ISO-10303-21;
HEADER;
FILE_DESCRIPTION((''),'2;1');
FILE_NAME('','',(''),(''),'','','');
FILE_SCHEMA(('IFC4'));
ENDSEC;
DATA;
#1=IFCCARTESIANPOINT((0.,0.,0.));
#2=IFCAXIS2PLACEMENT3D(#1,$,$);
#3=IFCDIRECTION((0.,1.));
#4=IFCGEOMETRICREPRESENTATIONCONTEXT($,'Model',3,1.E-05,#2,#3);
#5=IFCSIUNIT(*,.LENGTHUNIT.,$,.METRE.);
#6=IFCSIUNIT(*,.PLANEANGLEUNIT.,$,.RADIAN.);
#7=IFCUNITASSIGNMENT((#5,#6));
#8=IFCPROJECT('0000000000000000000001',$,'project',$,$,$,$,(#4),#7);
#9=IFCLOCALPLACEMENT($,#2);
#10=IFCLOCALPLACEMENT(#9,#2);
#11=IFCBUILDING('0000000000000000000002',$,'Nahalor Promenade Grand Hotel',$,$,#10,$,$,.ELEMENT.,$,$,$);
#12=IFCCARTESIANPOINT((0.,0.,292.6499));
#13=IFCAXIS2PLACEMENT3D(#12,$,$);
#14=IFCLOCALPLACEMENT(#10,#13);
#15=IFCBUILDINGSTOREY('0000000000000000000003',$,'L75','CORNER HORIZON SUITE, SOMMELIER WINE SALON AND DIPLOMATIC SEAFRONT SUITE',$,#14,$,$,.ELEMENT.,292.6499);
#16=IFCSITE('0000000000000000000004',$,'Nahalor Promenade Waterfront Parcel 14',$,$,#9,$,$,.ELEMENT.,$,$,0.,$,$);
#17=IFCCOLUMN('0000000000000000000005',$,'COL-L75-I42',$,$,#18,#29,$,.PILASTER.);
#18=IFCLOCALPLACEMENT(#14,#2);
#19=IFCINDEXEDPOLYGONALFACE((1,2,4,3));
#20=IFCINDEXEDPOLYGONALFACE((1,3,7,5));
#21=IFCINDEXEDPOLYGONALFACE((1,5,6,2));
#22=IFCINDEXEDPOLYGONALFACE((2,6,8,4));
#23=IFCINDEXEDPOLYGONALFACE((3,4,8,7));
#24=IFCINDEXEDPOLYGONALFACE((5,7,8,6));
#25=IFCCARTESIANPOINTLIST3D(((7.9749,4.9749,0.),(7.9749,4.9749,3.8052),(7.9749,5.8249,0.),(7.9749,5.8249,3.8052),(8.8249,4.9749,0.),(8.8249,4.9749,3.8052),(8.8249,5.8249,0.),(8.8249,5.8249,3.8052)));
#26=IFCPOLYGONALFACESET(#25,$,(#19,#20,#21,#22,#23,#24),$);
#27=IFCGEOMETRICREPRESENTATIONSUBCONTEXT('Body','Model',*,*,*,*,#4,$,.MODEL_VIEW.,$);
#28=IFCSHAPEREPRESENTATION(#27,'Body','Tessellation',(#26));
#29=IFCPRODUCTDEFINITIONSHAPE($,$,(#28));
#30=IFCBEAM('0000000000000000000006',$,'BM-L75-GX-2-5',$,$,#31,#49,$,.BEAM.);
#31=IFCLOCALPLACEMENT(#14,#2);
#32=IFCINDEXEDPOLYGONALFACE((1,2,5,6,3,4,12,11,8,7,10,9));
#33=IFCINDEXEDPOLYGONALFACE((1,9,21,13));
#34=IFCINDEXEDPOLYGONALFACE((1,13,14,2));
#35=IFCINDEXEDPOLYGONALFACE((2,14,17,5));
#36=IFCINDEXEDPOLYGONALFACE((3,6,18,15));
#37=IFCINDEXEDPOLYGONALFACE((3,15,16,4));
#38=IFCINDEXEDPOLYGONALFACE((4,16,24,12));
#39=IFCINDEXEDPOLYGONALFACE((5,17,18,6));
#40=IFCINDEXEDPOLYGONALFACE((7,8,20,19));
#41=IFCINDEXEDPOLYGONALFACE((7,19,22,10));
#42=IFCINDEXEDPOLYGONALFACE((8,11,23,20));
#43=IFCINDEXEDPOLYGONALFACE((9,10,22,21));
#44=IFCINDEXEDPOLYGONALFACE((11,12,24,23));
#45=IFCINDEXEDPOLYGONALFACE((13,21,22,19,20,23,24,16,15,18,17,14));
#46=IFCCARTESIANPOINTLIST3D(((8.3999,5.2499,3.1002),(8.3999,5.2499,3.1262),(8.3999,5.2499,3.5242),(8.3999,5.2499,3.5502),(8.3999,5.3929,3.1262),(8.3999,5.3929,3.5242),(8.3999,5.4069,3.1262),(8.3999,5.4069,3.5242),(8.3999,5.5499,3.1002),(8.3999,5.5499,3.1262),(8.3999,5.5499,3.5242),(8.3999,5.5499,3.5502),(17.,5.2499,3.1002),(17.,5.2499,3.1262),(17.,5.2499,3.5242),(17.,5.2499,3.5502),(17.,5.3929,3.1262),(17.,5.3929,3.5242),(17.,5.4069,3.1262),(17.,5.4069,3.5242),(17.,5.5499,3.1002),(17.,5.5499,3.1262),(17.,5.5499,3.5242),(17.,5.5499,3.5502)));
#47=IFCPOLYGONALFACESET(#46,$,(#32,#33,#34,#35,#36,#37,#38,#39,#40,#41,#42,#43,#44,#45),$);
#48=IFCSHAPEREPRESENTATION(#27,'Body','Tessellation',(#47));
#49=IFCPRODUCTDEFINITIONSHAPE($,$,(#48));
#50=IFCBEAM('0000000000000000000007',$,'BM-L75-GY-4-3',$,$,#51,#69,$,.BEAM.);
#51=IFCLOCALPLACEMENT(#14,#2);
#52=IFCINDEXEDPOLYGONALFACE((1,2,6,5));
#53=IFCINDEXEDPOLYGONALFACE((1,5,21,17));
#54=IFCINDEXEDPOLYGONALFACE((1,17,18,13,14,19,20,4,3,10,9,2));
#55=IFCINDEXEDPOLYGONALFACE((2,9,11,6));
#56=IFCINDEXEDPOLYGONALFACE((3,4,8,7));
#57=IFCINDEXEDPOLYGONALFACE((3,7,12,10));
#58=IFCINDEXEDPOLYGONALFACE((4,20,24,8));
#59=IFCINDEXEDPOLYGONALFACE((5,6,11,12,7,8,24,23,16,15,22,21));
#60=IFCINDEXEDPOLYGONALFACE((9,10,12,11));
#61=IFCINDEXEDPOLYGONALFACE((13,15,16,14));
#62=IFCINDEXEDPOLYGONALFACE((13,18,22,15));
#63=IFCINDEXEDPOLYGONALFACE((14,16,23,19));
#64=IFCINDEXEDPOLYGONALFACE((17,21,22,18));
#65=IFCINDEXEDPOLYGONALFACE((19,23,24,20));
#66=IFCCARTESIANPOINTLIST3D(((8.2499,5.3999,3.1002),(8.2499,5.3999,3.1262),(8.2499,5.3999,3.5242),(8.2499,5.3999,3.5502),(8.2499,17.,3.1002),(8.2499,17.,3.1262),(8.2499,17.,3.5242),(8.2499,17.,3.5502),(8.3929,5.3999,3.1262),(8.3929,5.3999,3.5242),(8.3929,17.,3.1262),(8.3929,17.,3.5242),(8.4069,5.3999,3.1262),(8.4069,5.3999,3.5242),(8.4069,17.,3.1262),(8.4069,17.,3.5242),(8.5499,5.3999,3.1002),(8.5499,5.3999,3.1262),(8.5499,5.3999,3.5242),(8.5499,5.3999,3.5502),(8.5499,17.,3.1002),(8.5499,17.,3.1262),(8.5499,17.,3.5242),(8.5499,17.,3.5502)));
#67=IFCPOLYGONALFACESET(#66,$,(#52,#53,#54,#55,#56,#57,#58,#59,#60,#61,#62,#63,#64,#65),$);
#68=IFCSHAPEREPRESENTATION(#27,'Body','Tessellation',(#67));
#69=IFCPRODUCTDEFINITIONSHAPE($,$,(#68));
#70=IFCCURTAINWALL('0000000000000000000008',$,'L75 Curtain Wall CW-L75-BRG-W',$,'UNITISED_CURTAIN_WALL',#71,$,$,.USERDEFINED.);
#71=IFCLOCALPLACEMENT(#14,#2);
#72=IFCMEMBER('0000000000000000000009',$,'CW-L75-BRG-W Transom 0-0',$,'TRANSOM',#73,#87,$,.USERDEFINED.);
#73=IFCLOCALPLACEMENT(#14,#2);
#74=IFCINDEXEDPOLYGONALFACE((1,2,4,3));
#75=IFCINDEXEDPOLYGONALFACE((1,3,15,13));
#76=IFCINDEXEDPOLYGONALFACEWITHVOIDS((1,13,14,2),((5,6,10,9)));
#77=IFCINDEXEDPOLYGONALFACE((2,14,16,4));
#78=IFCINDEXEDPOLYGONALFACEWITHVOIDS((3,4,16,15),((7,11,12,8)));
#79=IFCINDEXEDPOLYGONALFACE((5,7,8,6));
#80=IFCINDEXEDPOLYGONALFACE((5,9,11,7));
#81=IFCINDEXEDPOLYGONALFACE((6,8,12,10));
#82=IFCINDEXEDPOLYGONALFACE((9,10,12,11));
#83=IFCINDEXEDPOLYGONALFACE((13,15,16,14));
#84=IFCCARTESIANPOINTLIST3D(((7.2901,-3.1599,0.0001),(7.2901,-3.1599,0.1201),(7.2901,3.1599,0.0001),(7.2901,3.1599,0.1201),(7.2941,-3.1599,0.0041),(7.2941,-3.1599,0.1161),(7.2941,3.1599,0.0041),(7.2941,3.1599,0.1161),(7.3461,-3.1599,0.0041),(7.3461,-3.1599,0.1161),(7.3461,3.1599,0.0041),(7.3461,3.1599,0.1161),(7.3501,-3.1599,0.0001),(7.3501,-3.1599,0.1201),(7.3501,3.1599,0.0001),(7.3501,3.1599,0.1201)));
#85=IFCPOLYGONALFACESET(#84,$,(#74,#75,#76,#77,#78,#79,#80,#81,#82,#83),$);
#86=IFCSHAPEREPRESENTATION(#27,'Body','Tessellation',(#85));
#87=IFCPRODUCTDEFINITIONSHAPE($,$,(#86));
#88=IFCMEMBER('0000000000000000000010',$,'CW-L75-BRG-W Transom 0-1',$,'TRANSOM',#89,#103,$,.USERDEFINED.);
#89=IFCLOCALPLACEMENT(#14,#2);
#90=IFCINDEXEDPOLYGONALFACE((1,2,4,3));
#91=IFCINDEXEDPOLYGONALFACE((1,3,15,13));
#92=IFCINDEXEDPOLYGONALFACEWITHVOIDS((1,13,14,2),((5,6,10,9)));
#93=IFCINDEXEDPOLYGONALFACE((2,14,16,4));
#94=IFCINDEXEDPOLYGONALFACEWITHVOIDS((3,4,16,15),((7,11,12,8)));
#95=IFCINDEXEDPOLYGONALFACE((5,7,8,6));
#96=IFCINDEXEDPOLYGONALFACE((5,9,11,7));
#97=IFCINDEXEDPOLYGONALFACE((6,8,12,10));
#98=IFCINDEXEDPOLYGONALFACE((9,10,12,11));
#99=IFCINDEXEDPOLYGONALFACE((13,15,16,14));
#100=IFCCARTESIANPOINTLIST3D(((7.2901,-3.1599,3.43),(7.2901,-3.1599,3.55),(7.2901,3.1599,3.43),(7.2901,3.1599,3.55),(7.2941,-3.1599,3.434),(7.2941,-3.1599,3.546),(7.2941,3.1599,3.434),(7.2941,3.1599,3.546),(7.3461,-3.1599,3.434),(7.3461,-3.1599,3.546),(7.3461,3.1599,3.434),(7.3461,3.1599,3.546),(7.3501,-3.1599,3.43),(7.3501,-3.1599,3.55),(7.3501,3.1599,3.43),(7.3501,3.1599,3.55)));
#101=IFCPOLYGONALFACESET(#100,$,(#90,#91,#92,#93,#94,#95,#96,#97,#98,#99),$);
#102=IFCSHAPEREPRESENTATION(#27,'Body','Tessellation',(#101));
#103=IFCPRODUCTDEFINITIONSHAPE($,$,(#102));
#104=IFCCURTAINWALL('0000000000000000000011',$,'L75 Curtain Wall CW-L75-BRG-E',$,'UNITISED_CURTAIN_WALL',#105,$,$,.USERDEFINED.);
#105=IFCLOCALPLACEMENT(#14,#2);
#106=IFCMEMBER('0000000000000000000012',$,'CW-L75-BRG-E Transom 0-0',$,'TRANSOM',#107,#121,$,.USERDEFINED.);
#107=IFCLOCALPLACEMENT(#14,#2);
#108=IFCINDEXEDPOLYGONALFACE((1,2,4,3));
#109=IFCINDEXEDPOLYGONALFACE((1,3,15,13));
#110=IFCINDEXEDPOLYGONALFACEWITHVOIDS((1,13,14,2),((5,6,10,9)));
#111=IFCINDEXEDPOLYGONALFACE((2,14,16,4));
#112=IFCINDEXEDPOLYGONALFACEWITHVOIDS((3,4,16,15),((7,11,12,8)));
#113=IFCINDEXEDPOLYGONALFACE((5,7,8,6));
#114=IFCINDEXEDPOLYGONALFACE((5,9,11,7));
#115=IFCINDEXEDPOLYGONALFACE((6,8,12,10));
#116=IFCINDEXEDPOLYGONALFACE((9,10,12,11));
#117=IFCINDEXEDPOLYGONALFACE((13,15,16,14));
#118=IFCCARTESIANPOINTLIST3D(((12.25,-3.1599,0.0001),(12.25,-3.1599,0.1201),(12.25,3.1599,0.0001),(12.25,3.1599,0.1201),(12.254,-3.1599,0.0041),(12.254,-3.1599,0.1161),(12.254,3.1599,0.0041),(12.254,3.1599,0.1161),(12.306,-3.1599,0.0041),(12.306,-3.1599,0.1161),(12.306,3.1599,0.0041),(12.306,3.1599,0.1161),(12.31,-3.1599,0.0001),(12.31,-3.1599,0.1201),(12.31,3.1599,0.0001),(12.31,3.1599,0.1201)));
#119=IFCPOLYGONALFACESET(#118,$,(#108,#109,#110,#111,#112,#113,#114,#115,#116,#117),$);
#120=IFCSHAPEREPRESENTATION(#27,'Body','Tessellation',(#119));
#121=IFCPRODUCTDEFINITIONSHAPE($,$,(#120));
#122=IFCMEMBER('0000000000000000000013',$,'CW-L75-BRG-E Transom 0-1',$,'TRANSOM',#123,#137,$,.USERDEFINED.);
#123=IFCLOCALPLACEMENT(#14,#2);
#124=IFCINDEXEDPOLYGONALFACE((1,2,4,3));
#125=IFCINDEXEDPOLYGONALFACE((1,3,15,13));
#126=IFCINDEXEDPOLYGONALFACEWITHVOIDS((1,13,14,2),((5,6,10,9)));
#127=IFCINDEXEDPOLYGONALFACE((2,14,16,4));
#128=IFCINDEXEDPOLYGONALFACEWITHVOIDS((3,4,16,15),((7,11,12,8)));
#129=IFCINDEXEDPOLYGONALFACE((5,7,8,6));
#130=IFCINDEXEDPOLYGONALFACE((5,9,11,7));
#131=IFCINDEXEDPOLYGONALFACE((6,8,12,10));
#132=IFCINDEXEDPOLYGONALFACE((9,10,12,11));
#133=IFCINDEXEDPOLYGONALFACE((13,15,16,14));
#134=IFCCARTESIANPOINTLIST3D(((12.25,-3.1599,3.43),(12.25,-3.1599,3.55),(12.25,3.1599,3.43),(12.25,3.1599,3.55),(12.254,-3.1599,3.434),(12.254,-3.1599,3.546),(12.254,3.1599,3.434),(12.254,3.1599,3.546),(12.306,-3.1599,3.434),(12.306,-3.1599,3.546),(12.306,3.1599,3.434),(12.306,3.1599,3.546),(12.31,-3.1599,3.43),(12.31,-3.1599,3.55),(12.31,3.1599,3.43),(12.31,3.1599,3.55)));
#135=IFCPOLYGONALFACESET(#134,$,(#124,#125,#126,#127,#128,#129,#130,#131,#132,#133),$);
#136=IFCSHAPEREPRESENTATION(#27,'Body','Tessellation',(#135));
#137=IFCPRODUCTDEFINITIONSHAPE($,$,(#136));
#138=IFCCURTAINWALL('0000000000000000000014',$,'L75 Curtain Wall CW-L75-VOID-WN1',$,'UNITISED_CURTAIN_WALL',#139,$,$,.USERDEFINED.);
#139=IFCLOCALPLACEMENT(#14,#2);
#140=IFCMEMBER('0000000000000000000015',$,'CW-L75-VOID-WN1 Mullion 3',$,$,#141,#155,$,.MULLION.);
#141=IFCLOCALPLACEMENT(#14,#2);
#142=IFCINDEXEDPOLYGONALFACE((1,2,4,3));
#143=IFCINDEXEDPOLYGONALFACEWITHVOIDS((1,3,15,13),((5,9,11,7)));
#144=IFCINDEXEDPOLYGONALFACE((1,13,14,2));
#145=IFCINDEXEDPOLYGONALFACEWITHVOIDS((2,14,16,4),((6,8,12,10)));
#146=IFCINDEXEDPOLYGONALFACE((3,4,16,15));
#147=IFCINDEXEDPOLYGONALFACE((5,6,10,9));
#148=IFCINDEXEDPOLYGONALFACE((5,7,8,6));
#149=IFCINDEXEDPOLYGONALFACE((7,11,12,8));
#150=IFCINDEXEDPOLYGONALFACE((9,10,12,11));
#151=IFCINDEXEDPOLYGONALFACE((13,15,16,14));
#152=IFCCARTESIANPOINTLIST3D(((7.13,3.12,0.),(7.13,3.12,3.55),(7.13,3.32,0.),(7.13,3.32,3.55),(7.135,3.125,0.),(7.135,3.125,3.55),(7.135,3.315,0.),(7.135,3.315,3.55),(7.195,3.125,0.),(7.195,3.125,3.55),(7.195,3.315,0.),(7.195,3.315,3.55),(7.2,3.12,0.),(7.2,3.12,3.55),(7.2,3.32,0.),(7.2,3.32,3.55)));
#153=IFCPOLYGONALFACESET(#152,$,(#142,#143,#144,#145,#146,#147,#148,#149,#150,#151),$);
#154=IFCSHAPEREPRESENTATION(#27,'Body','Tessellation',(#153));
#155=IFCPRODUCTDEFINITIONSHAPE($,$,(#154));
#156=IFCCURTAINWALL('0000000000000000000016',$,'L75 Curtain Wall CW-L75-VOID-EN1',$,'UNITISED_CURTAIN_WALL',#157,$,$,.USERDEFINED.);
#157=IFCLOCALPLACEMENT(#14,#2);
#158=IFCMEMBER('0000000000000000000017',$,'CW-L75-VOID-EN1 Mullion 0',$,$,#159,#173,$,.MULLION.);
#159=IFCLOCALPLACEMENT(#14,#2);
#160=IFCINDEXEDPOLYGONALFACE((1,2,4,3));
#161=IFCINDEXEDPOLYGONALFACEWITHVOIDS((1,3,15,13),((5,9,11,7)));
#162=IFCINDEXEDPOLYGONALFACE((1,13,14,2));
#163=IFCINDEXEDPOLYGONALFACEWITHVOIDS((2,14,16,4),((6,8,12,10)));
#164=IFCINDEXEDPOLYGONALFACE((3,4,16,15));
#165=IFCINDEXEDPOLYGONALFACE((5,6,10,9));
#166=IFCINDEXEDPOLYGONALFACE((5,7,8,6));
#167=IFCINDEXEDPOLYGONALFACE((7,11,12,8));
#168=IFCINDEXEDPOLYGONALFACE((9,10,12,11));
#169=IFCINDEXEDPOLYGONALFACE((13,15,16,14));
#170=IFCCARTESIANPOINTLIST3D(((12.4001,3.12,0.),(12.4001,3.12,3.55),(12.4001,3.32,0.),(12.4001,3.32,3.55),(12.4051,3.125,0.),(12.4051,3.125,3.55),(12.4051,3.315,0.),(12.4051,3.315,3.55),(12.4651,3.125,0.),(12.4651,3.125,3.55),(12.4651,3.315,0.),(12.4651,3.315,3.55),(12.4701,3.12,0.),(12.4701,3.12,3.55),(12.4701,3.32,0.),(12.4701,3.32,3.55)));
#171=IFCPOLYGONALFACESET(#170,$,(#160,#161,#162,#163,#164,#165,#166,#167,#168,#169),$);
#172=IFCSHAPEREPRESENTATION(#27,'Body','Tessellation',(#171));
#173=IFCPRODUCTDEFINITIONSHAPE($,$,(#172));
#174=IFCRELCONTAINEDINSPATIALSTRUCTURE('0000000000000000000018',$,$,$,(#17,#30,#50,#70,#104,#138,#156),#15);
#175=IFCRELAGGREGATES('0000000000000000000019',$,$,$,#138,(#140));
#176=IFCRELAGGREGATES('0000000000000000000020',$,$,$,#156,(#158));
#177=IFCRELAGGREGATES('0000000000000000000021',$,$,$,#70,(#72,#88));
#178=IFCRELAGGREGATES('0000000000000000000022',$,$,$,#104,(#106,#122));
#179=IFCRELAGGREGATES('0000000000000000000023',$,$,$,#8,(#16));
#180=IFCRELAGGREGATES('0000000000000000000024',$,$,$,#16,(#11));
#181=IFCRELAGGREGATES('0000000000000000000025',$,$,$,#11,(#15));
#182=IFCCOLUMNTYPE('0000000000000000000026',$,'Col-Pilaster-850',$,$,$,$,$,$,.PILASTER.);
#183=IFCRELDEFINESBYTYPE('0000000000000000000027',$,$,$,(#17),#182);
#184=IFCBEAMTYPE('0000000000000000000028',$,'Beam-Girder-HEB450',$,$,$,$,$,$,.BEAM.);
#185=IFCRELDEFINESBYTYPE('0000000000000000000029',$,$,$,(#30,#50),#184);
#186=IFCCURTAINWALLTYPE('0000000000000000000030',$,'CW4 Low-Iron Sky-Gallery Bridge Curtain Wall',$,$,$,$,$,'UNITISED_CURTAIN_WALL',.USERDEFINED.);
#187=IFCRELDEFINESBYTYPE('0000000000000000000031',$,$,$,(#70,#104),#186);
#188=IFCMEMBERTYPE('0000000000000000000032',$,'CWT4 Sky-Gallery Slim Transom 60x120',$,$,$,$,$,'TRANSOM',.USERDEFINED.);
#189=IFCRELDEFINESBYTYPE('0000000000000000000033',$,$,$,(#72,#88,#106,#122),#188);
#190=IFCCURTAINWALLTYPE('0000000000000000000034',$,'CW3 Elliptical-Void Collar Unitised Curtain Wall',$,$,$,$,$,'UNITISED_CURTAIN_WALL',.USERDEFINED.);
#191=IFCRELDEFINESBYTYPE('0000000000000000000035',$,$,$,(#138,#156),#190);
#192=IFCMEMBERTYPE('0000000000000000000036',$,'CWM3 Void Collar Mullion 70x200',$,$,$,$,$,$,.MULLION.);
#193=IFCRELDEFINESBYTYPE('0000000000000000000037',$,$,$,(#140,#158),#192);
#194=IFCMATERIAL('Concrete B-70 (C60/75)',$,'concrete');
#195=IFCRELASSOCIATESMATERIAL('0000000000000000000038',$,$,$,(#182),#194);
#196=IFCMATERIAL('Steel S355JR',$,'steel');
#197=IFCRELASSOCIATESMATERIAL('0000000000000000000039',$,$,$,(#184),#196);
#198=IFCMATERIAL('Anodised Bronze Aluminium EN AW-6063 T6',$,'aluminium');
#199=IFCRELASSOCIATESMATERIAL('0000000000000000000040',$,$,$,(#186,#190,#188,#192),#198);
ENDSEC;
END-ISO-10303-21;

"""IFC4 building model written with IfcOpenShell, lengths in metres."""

from ifc_helpers import new_model, si_unit, direction, frame, origin, origin_2d, place, context, subcontext, project, spatial, rectangle, hollow_rectangle, i_section, extrude, source, transform, mapped, material, material_profile, profile_set, type_object, element, aggregate, save


model = new_model("IFC4")

# Units and contexts
model_context = context("Model", 3, precision=1e-05, world=origin(), true_north=direction((0.0, 1.0)))
body_context = subcontext(model_context, "Body", "Model", "MODEL_VIEW")
ifc_project = project(units=[si_unit("LENGTHUNIT", "METRE"), si_unit("PLANEANGLEUNIT", "RADIAN")], contexts=[model_context])

# Site, building, storey
site_placement = place(None, origin())
site = spatial("IfcSite", under=ifc_project, at=site_placement, Name="Nahalor Promenade Waterfront Parcel 14", CompositionType="ELEMENT", RefElevation=0.0)
building_placement = place(site_placement, origin())
building = spatial("IfcBuilding", under=site, at=building_placement, Name="Nahalor Promenade Grand Hotel", CompositionType="ELEMENT")
storey_placement = place(building_placement, frame((0.0, 0.0, 292.6499)))
storey = spatial("IfcBuildingStorey", under=building, at=storey_placement, Name="L75", Description="CORNER HORIZON SUITE, SOMMELIER WINE SALON AND DIPLOMATIC SEAFRONT SUITE", CompositionType="ELEMENT", Elevation=292.6499)

# Column
ifc_material_1 = material(Name="Concrete B-70 (C60/75)", Category="concrete")
ifc_material_profile_1 = material_profile(ifc_material_1, rectangle(XDim=0.85, YDim=0.85, at=origin_2d()), Name="RC 850x850")
ifc_profile_set_1 = profile_set([ifc_material_profile_1], Name="Concrete B-70 (C60/75)")
column_type = type_object("IfcColumnType", Name="Col-Pilaster-850", PredefinedType="PILASTER", material=ifc_profile_set_1)
shared_shape_1 = source(origin(), body_context, "Body", "SweptSolid", [
    extrude(rectangle(XDim=0.85, YDim=0.85, at=origin_2d()), origin(), (0.0, 0.0, 1.0), 3.8052),
])
column_placement = place(storey_placement, frame((8.3999, 5.3999, 0.0), z_axis=(0.0, 0.0, 1.0), x_axis=(1.0, 0.0, 0.0)))
element("IfcColumn", 1, at=column_placement, inside=storey, type_object=column_type, Name="COL-L75-I42", PredefinedType="PILASTER", context=body_context, shape_type="MappedRepresentation", body=[
    mapped(shared_shape_1, transform((0.0, 0.0, 0.0), scale=1.0)),
])

# Beams
ifc_material_2 = material(Name="Steel S355JR", Category="steel")
ifc_material_profile_2 = material_profile(ifc_material_2, i_section(OverallWidth=0.3, OverallDepth=0.45, WebThickness=0.014, FlangeThickness=0.026, at=origin_2d()), Name="HEB 450")
ifc_profile_set_2 = profile_set([ifc_material_profile_2], Name="Steel S355JR")
beam_type = type_object("IfcBeamType", Name="Beam-Girder-HEB450", PredefinedType="BEAM", material=ifc_profile_set_2)
shared_shape_2 = source(origin(), body_context, "Body", "SweptSolid", [
    extrude(i_section(OverallWidth=0.3, OverallDepth=0.45, WebThickness=0.014, FlangeThickness=0.026, at=origin_2d()), origin(), (0.0, 0.0, 1.0), 8.6001),
])
beam_1_placement = place(storey_placement, frame((8.3999, 5.3999, 3.3252), z_axis=(1.0, 0.0, 0.0), x_axis=(0.0, 1.0, 0.0)))
element("IfcBeam", 2, at=beam_1_placement, inside=storey, type_object=beam_type, Name="BM-L75-GX-2-5", PredefinedType="BEAM", context=body_context, shape_type="MappedRepresentation", body=[
    mapped(shared_shape_2, transform((0.0, 0.0, 0.0), scale=1.0)),
])
shared_shape_3 = source(origin(), body_context, "Body", "SweptSolid", [
    extrude(i_section(OverallWidth=0.3, OverallDepth=0.45, WebThickness=0.014, FlangeThickness=0.026, at=origin_2d()), origin(), (0.0, 0.0, 1.0), 11.6001),
])
beam_2_placement = place(storey_placement, frame((8.3999, 5.3999, 3.3252), z_axis=(0.0, 1.0, 0.0), x_axis=(-1.0, 0.0, 0.0)))
element("IfcBeam", 3, at=beam_2_placement, inside=storey, type_object=beam_type, Name="BM-L75-GY-4-3", PredefinedType="BEAM", context=body_context, shape_type="MappedRepresentation", body=[
    mapped(shared_shape_3, transform((0.0, 0.0, 0.0), scale=1.0)),
])

# Curtain walls, members
ifc_material_3 = material(Name="Anodised Bronze Aluminium EN AW-6063 T6", Category="aluminium")
curtain_wall_type_1 = type_object("IfcCurtainWallType", Name="CW4 Low-Iron Sky-Gallery Bridge Curtain Wall", ElementType="UNITISED_CURTAIN_WALL", PredefinedType="USERDEFINED", material=ifc_material_3)
curtain_wall_1_placement = place(storey_placement, origin())
curtain_wall_1 = element("IfcCurtainWall", 4, at=curtain_wall_1_placement, inside=storey, type_object=curtain_wall_type_1, Name="L75 Curtain Wall CW-L75-BRG-W", ObjectType="UNITISED_CURTAIN_WALL", PredefinedType="USERDEFINED")
ifc_material_profile_3 = material_profile(ifc_material_3, hollow_rectangle(XDim=0.06, YDim=0.12, WallThickness=0.004, at=origin_2d()), Name="CWT 60x120x4")
ifc_profile_set_3 = profile_set([ifc_material_profile_3], Name="Anodised Bronze Aluminium EN AW-6063 T6")
member_type_1 = type_object("IfcMemberType", Name="CWT4 Sky-Gallery Slim Transom 60x120", ElementType="TRANSOM", PredefinedType="USERDEFINED", material=ifc_profile_set_3)
shared_shape_4 = source(origin(), body_context, "Body", "SweptSolid", [
    extrude(hollow_rectangle(XDim=0.06, YDim=0.12, WallThickness=0.004, at=origin_2d()), origin(), (0.0, 0.0, 1.0), 6.3198),
])
member_1_placement = place(storey_placement, frame((7.3201, -3.1599, 0.0601), z_axis=(0.0, 1.0, 0.0), x_axis=(-1.0, 0.0, 0.0)))
member_1 = element("IfcMember", 5, at=member_1_placement, type_object=member_type_1, Name="CW-L75-BRG-W Transom 0-0", ObjectType="TRANSOM", PredefinedType="USERDEFINED", context=body_context, shape_type="MappedRepresentation", body=[
    mapped(shared_shape_4, transform((0.0, 0.0, 0.0), scale=1.0)),
])
member_2_placement = place(storey_placement, frame((7.3201, -3.1599, 3.49), z_axis=(0.0, 1.0, 0.0), x_axis=(-1.0, 0.0, 0.0)))
member_2 = element("IfcMember", 6, at=member_2_placement, type_object=member_type_1, Name="CW-L75-BRG-W Transom 0-1", ObjectType="TRANSOM", PredefinedType="USERDEFINED", context=body_context, shape_type="MappedRepresentation", body=[
    mapped(shared_shape_4, transform((0.0, 0.0, 0.0), scale=1.0)),
])
curtain_wall_2_placement = place(storey_placement, origin())
curtain_wall_2 = element("IfcCurtainWall", 7, at=curtain_wall_2_placement, inside=storey, type_object=curtain_wall_type_1, Name="L75 Curtain Wall CW-L75-BRG-E", ObjectType="UNITISED_CURTAIN_WALL", PredefinedType="USERDEFINED")
member_3_placement = place(storey_placement, frame((12.28, -3.1599, 0.0601), z_axis=(0.0, 1.0, 0.0), x_axis=(-1.0, 0.0, 0.0)))
member_3 = element("IfcMember", 8, at=member_3_placement, type_object=member_type_1, Name="CW-L75-BRG-E Transom 0-0", ObjectType="TRANSOM", PredefinedType="USERDEFINED", context=body_context, shape_type="MappedRepresentation", body=[
    mapped(shared_shape_4, transform((0.0, 0.0, 0.0), scale=1.0)),
])
member_4_placement = place(storey_placement, frame((12.28, -3.1599, 3.49), z_axis=(0.0, 1.0, 0.0), x_axis=(-1.0, 0.0, 0.0)))
member_4 = element("IfcMember", 9, at=member_4_placement, type_object=member_type_1, Name="CW-L75-BRG-E Transom 0-1", ObjectType="TRANSOM", PredefinedType="USERDEFINED", context=body_context, shape_type="MappedRepresentation", body=[
    mapped(shared_shape_4, transform((0.0, 0.0, 0.0), scale=1.0)),
])

# Curtain walls, members
curtain_wall_type_2 = type_object("IfcCurtainWallType", Name="CW3 Elliptical-Void Collar Unitised Curtain Wall", ElementType="UNITISED_CURTAIN_WALL", PredefinedType="USERDEFINED", material=ifc_material_3)
curtain_wall_3_placement = place(storey_placement, origin())
curtain_wall_3 = element("IfcCurtainWall", 10, at=curtain_wall_3_placement, inside=storey, type_object=curtain_wall_type_2, Name="L75 Curtain Wall CW-L75-VOID-WN1", ObjectType="UNITISED_CURTAIN_WALL", PredefinedType="USERDEFINED")
ifc_material_profile_4 = material_profile(ifc_material_3, hollow_rectangle(XDim=0.07, YDim=0.2, WallThickness=0.005, at=origin_2d()), Name="CWM 70x200x5")
ifc_profile_set_4 = profile_set([ifc_material_profile_4], Name="Anodised Bronze Aluminium EN AW-6063 T6")
member_type_2 = type_object("IfcMemberType", Name="CWM3 Void Collar Mullion 70x200", PredefinedType="MULLION", material=ifc_profile_set_4)
shared_shape_5 = source(origin(), body_context, "Body", "SweptSolid", [
    extrude(hollow_rectangle(XDim=0.07, YDim=0.2, WallThickness=0.005, at=origin_2d()), origin(), (0.0, 0.0, 1.0), 3.55),
])
member_5_placement = place(storey_placement, frame((7.165, 3.22, 0.0), z_axis=(0.0, 0.0, 1.0), x_axis=(1.0, 0.0, 0.0)))
member_5 = element("IfcMember", 11, at=member_5_placement, type_object=member_type_2, Name="CW-L75-VOID-WN1 Mullion 3", PredefinedType="MULLION", context=body_context, shape_type="MappedRepresentation", body=[
    mapped(shared_shape_5, transform((0.0, 0.0, 0.0), scale=1.0)),
])
aggregate(curtain_wall_3, [member_5])
curtain_wall_4_placement = place(storey_placement, origin())
curtain_wall_4 = element("IfcCurtainWall", 12, at=curtain_wall_4_placement, inside=storey, type_object=curtain_wall_type_2, Name="L75 Curtain Wall CW-L75-VOID-EN1", ObjectType="UNITISED_CURTAIN_WALL", PredefinedType="USERDEFINED")
member_6_placement = place(storey_placement, frame((12.4351, 3.22, 0.0), z_axis=(0.0, 0.0, 1.0), x_axis=(1.0, 0.0, 0.0)))
member_6 = element("IfcMember", 13, at=member_6_placement, type_object=member_type_2, Name="CW-L75-VOID-EN1 Mullion 0", PredefinedType="MULLION", context=body_context, shape_type="MappedRepresentation", body=[
    mapped(shared_shape_5, transform((0.0, 0.0, 0.0), scale=1.0)),
])
aggregate(curtain_wall_4, [member_6])

aggregate(curtain_wall_1, [member_1, member_2])
aggregate(curtain_wall_2, [member_3, member_4])

save(model, "model.ifc")
